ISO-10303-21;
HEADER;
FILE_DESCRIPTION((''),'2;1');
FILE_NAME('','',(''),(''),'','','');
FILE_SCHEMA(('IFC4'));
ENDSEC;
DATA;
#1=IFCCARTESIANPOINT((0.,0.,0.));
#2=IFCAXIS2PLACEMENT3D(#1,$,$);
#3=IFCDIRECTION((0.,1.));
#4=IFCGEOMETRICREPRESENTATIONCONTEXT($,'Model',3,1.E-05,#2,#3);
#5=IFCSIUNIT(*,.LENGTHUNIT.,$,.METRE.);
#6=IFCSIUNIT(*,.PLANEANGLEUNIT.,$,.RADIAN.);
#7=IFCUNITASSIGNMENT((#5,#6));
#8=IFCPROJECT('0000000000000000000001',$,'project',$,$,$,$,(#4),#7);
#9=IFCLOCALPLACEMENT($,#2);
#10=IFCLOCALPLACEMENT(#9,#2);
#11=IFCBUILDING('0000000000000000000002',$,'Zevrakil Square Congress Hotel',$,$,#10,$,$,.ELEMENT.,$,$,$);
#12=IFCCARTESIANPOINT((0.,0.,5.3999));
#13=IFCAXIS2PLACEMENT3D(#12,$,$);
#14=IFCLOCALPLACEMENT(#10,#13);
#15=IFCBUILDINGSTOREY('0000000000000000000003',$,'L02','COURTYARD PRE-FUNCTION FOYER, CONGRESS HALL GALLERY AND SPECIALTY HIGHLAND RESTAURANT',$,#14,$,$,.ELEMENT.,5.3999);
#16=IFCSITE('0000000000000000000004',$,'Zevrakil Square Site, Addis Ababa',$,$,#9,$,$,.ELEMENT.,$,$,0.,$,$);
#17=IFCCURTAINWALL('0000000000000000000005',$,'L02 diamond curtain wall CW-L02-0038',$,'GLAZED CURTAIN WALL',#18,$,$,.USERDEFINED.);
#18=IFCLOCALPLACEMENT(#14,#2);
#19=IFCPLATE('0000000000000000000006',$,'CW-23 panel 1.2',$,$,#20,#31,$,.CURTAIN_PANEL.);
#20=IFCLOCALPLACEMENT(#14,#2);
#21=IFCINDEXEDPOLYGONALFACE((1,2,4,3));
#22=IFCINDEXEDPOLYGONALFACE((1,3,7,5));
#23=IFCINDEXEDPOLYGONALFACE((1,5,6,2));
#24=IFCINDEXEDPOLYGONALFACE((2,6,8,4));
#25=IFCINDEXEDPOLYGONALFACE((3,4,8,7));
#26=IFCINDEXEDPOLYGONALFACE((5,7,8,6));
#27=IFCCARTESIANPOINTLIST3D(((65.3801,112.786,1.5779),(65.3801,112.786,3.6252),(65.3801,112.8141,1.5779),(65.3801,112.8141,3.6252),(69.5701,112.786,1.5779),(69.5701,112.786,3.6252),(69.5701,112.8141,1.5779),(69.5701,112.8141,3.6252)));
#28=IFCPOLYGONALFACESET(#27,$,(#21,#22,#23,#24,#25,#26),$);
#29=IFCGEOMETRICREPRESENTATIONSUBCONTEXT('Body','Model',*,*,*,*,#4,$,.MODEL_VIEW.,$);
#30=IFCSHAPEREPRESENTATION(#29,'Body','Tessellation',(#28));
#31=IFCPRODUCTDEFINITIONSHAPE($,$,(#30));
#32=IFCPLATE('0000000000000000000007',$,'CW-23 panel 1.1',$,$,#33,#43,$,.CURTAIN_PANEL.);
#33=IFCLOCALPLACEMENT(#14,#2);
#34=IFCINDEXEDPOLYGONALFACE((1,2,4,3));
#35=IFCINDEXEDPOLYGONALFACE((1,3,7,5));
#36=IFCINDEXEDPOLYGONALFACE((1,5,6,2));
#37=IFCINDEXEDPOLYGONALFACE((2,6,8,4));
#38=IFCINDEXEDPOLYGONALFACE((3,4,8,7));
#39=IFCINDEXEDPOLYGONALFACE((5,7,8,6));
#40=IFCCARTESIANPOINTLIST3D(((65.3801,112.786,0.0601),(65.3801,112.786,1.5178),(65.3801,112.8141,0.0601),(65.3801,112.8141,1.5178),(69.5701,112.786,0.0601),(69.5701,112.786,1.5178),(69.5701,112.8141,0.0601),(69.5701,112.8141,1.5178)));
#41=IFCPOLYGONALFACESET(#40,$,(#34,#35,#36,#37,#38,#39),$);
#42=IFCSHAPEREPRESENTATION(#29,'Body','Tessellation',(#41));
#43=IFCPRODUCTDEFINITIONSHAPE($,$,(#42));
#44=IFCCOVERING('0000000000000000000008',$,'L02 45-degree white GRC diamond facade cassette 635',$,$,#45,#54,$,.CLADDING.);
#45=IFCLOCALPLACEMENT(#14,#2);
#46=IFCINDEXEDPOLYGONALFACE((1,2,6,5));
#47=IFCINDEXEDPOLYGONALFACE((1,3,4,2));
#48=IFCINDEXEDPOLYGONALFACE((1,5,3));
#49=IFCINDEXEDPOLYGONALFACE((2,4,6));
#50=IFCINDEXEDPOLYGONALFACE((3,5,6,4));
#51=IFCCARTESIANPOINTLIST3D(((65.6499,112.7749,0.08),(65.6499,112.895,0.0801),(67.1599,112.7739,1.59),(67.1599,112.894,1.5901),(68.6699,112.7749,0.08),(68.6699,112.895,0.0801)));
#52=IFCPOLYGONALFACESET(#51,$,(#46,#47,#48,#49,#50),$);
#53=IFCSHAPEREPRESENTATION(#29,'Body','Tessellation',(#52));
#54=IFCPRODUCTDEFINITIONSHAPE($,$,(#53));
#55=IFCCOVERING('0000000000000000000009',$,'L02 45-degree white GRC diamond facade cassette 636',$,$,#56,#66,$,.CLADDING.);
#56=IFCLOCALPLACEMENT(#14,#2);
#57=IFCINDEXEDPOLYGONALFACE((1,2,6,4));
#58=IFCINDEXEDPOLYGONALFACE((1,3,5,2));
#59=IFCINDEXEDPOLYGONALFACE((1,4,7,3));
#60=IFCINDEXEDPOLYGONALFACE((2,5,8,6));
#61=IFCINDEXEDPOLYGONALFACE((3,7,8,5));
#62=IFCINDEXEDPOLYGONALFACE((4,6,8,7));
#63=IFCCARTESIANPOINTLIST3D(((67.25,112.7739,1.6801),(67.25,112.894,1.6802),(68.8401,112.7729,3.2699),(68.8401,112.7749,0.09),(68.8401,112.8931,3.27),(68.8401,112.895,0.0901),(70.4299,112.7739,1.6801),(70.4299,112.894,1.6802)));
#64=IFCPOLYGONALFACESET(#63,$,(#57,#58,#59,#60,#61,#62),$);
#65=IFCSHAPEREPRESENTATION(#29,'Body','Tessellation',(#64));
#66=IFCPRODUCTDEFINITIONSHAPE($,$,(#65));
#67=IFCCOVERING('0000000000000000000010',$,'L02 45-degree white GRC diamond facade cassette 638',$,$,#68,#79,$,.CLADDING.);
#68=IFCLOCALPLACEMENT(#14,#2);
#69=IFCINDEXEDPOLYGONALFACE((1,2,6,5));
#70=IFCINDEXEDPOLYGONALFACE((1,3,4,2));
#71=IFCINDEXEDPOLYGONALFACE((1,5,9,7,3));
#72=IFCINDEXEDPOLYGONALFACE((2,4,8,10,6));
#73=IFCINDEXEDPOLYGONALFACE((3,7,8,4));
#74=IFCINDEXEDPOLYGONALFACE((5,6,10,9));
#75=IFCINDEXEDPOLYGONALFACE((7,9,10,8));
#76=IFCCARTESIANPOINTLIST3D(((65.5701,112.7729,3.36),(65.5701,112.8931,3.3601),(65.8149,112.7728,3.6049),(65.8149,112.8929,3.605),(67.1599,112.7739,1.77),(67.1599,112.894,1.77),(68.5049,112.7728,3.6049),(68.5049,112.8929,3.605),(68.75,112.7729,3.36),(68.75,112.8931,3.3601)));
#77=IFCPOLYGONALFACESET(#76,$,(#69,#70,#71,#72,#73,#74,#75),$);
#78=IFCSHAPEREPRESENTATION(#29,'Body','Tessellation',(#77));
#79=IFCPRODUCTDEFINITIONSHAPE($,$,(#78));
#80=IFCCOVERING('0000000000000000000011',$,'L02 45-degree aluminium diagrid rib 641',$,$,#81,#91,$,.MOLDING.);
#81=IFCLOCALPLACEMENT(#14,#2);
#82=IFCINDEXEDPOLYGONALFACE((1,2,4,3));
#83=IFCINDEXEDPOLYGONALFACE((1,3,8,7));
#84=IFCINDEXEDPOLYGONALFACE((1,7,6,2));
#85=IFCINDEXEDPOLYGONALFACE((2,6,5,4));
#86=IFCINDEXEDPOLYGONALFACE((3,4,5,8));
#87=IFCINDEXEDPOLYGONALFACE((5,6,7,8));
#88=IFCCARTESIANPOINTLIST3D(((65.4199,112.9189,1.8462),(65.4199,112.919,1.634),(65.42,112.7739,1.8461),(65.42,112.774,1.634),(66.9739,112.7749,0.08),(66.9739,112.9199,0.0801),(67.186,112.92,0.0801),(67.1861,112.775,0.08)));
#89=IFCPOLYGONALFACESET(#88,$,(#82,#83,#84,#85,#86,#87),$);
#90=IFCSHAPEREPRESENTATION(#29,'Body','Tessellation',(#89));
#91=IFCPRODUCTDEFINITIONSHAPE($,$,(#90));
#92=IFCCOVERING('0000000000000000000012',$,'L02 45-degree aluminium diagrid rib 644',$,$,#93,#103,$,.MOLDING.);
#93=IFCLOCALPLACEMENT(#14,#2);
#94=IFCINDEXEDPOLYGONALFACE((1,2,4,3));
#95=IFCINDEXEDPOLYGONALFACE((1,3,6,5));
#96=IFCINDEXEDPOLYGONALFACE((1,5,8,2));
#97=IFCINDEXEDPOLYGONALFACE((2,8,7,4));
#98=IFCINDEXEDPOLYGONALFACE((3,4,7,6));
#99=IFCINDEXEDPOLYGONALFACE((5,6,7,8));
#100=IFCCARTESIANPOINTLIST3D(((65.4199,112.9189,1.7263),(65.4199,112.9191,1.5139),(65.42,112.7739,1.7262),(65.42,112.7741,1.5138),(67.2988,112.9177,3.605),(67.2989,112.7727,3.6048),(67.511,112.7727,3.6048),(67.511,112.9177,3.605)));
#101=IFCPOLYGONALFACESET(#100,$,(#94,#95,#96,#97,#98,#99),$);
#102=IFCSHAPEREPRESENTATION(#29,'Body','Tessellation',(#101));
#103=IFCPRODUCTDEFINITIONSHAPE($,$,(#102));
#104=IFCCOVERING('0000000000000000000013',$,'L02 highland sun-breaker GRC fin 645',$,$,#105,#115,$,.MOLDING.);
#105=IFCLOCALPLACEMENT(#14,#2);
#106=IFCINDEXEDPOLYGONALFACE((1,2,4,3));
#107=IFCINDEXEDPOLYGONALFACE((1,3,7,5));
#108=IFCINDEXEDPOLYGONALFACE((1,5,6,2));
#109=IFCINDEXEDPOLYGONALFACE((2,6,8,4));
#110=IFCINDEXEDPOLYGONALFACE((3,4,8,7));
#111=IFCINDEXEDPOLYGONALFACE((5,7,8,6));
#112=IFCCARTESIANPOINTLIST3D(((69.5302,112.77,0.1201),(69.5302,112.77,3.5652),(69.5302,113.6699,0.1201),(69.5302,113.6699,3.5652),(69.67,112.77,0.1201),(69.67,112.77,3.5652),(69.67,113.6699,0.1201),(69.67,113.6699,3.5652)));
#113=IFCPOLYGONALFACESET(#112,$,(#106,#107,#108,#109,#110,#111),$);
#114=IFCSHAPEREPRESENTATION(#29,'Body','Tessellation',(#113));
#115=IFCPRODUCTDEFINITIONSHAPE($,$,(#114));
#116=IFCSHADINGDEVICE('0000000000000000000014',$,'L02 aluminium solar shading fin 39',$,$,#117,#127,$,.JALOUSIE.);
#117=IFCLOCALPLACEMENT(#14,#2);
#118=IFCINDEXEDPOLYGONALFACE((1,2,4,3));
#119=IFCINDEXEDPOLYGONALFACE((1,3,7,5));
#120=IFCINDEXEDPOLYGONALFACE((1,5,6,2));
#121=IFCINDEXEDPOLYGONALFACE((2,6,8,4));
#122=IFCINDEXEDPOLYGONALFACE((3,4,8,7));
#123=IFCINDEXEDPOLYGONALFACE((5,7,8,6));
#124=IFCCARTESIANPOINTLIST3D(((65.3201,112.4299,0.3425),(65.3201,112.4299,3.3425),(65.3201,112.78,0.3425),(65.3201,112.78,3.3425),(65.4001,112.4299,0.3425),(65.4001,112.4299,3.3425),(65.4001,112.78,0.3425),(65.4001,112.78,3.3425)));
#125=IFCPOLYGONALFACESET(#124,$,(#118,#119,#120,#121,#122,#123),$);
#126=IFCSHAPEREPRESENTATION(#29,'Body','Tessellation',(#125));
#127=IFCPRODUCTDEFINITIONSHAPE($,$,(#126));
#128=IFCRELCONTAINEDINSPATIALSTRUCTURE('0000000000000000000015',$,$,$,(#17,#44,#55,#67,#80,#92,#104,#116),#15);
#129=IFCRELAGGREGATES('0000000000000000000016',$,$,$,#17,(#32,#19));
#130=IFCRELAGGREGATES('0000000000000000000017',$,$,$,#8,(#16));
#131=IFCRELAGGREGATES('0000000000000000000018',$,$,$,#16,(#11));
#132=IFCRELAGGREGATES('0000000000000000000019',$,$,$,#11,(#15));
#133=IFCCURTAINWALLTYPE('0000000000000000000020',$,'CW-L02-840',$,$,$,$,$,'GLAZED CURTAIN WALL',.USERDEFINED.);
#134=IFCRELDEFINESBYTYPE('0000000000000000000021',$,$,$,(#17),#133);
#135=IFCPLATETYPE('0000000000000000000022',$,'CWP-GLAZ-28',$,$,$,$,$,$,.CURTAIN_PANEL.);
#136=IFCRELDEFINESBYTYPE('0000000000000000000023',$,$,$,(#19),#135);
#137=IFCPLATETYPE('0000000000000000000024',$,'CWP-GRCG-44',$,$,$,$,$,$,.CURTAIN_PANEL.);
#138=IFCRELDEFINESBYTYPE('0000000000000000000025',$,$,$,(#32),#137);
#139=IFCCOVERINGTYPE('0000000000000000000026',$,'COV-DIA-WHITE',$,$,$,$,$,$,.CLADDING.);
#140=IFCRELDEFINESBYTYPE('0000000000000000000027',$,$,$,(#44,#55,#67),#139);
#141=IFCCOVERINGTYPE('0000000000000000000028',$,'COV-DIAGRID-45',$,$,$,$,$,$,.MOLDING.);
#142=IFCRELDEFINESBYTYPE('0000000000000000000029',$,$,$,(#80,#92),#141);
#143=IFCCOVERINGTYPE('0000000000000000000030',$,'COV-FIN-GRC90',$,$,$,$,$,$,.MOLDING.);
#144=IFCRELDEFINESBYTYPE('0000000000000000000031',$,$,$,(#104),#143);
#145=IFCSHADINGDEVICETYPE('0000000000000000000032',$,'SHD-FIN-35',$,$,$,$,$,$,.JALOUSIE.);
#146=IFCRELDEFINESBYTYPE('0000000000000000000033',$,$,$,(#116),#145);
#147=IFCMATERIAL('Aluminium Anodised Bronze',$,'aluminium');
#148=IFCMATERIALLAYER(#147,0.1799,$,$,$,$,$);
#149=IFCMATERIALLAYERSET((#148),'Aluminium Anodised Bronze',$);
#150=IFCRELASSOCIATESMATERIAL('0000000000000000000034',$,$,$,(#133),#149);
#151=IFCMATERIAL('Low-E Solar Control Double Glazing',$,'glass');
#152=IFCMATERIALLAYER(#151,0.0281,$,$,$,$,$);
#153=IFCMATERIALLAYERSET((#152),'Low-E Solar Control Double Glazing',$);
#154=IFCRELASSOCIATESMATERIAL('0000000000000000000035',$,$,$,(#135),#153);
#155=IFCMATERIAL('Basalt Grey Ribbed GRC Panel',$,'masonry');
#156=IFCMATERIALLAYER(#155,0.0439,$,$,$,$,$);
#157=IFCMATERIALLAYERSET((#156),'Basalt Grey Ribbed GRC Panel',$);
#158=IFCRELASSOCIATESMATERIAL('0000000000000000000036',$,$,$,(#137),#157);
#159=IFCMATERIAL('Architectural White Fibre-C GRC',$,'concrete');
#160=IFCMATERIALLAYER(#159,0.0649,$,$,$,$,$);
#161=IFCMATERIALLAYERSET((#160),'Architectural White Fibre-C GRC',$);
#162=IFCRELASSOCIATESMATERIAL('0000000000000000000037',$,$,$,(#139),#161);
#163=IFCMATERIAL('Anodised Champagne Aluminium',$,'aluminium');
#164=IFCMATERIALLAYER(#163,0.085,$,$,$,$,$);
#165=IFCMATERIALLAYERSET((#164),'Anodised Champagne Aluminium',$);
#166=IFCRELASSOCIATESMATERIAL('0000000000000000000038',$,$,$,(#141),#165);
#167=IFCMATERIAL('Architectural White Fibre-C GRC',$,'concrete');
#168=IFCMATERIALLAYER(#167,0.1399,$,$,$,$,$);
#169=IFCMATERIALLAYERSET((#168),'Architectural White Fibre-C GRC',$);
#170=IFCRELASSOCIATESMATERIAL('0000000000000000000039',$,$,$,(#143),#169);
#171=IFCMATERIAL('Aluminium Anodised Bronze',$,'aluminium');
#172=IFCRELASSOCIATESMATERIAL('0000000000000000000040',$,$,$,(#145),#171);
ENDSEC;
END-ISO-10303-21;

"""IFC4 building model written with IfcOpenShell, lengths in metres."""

from ifc_helpers import new_model, si_unit, direction, frame, origin, origin_2d, place, context, subcontext, project, spatial, polyline, rectangle, outline, extrude, material, layer, layer_set, type_object, element, aggregate, save


model = new_model("IFC4")

# Units and contexts
model_context = context("Model", 3, precision=1e-05, world=origin(), true_north=direction((0.0, 1.0)))
body_context = subcontext(model_context, "Body", "Model", "MODEL_VIEW")
ifc_project = project(units=[si_unit("LENGTHUNIT", "METRE"), si_unit("PLANEANGLEUNIT", "RADIAN")], contexts=[model_context])

# Site, building, storey
site_placement = place(None, origin())
site = spatial("IfcSite", under=ifc_project, at=site_placement, Name="Zevrakil Square Site, Addis Ababa", CompositionType="ELEMENT", RefElevation=0.0)
building_placement = place(site_placement, origin())
building = spatial("IfcBuilding", under=site, at=building_placement, Name="Zevrakil Square Congress Hotel", CompositionType="ELEMENT")
storey_placement = place(building_placement, frame((0.0, 0.0, 5.3999)))
storey = spatial("IfcBuildingStorey", under=building, at=storey_placement, Name="L02", Description="COURTYARD PRE-FUNCTION FOYER, CONGRESS HALL GALLERY AND SPECIALTY HIGHLAND RESTAURANT", CompositionType="ELEMENT", Elevation=5.3999)

# Curtain wall, plates
ifc_material_1 = material(Name="Aluminium Anodised Bronze", Category="aluminium")
ifc_layer_1 = layer(ifc_material_1, 0.1799)
ifc_layer_set_1 = layer_set([ifc_layer_1], Name="Aluminium Anodised Bronze")
curtain_wall_type = type_object("IfcCurtainWallType", Name="CW-L02-840", ElementType="GLAZED CURTAIN WALL", PredefinedType="USERDEFINED", material=ifc_layer_set_1)
curtain_wall_placement = place(storey_placement, origin())
curtain_wall = element("IfcCurtainWall", 1, at=curtain_wall_placement, inside=storey, type_object=curtain_wall_type, Name="L02 diamond curtain wall CW-L02-0038", ObjectType="GLAZED CURTAIN WALL", PredefinedType="USERDEFINED")
ifc_material_2 = material(Name="Low-E Solar Control Double Glazing", Category="glass")
ifc_layer_2 = layer(ifc_material_2, 0.0281)
ifc_layer_set_2 = layer_set([ifc_layer_2], Name="Low-E Solar Control Double Glazing")
plate_type_1 = type_object("IfcPlateType", Name="CWP-GLAZ-28", PredefinedType="CURTAIN_PANEL", material=ifc_layer_set_2)
plate_1_placement = place(storey_placement, frame((67.4751, 112.8, 1.5779), z_axis=(0.0, 0.0, 1.0), x_axis=(1.0, 0.0, 0.0)))
plate_1 = element("IfcPlate", 2, at=plate_1_placement, type_object=plate_type_1, Name="CW-23 panel 1.2", PredefinedType="CURTAIN_PANEL", context=body_context, shape_type="SweptSolid", body=[
    extrude(rectangle(XDim=4.1899, YDim=0.0281, at=origin_2d()), origin(), (0.0, 0.0, 1.0), 2.0474),
])
ifc_material_3 = material(Name="Basalt Grey Ribbed GRC Panel", Category="masonry")
ifc_layer_3 = layer(ifc_material_3, 0.0439)
ifc_layer_set_3 = layer_set([ifc_layer_3], Name="Basalt Grey Ribbed GRC Panel")
plate_type_2 = type_object("IfcPlateType", Name="CWP-GRCG-44", PredefinedType="CURTAIN_PANEL", material=ifc_layer_set_3)
plate_2_placement = place(storey_placement, frame((67.4751, 112.8, 0.0601), z_axis=(0.0, 0.0, 1.0), x_axis=(1.0, 0.0, 0.0)))
plate_2 = element("IfcPlate", 3, at=plate_2_placement, type_object=plate_type_2, Name="CW-23 panel 1.1", PredefinedType="CURTAIN_PANEL", context=body_context, shape_type="SweptSolid", body=[
    extrude(rectangle(XDim=4.1899, YDim=0.0281, at=origin_2d()), origin(), (0.0, 0.0, 1.0), 1.4578),
])
aggregate(curtain_wall, [plate_2, plate_1])

# Coverings
ifc_material_4 = material(Name="Architectural White Fibre-C GRC", Category="concrete")
ifc_layer_4 = layer(ifc_material_4, 0.0649)
ifc_layer_set_4 = layer_set([ifc_layer_4], Name="Architectural White Fibre-C GRC")
covering_type_1 = type_object("IfcCoveringType", Name="COV-DIA-WHITE", PredefinedType="CLADDING", material=ifc_layer_set_4)
covering_1_placement = place(storey_placement, frame((67.1599, 112.894, 1.5901), z_axis=(0.0, 1.0, 0.000647), x_axis=(-0.707107, 0.000457, -0.707107)))
element("IfcCovering", 4, at=covering_1_placement, inside=storey, type_object=covering_type_1, Name="L02 45-degree white GRC diamond facade cassette 635", PredefinedType="CLADDING", context=body_context, shape_type="SweptSolid", body=[
    extrude(outline(polyline([(0.0, 0.0), (2.1355, 0.0), (0.0, -2.1355), (0.0, 0.0)])), origin(), (0.0, 0.0, -1.0), 0.1201),
])
covering_2_placement = place(storey_placement, frame((68.8401, 112.8931, 3.27), z_axis=(0.0, 1.0, 0.000614), x_axis=(-0.707161, 0.000434, -0.707052)))
element("IfcCovering", 5, at=covering_2_placement, inside=storey, type_object=covering_type_1, Name="L02 45-degree white GRC diamond facade cassette 636", PredefinedType="CLADDING", context=body_context, shape_type="SweptSolid", body=[
    extrude(outline(polyline([(0.0, 0.0), (2.2486, 0.0), (2.2484, -2.2487), (-0.0002, -2.2484), (0.0, 0.0)])), origin(), (0.0, 0.0, -1.0), 0.1201),
])
covering_3_placement = place(storey_placement, frame((65.5701, 112.8931, 3.3601), z_axis=(0.0, 1.0, 0.000579), x_axis=(0.707052, 0.00041, -0.707161)))
element("IfcCovering", 6, at=covering_3_placement, inside=storey, type_object=covering_type_1, Name="L02 45-degree white GRC diamond facade cassette 638", PredefinedType="CLADDING", context=body_context, shape_type="SweptSolid", body=[
    extrude(outline(polyline([(0.0, 0.0), (2.2486, 0.0), (2.2484, -2.2487), (1.9019, -2.2485), (0.0, -0.3463), (0.0, 0.0)])), origin(), (0.0, 0.0, -1.0), 0.1201),
])
ifc_material_5 = material(Name="Anodised Champagne Aluminium", Category="aluminium")
ifc_layer_5 = layer(ifc_material_5, 0.085)
ifc_layer_set_5 = layer_set([ifc_layer_5], Name="Anodised Champagne Aluminium")
covering_type_2 = type_object("IfcCoveringType", Name="COV-DIAGRID-45", PredefinedType="MOLDING", material=ifc_layer_set_5)
covering_4_placement = place(storey_placement, frame((66.9739, 112.9199, 0.0801), z_axis=(-0.000294, 1.0, 0.000294), x_axis=(1.0, 0.000294, 0.0)))
element("IfcCovering", 7, at=covering_4_placement, inside=storey, type_object=covering_type_2, Name="L02 45-degree aluminium diagrid rib 641", PredefinedType="MOLDING", context=body_context, shape_type="SweptSolid", body=[
    extrude(outline(polyline([(0.0, 0.0), (0.2122, 0.0), (-1.554, -1.7661), (-1.554, -1.554), (0.0, 0.0)])), origin(), (0.0, 0.0, -1.0), 0.145),
])
covering_5_placement = place(storey_placement, frame((67.511, 112.9177, 3.605), z_axis=(-0.000237, 1.0, 0.000913), x_axis=(-1.0, -0.000237, 0.0)))
element("IfcCovering", 8, at=covering_5_placement, inside=storey, type_object=covering_type_2, Name="L02 45-degree aluminium diagrid rib 644", PredefinedType="MOLDING", context=body_context, shape_type="SweptSolid", body=[
    extrude(outline(polyline([(0.0, 0.0), (0.2122, 0.0), (2.0911, -1.8787), (2.0911, -2.0911), (0.0, 0.0)])), origin(), (0.0, 0.0, -1.0), 0.145),
])
ifc_material_6 = material(Name="Architectural White Fibre-C GRC", Category="concrete")
ifc_layer_6 = layer(ifc_material_6, 0.1399)
ifc_layer_set_6 = layer_set([ifc_layer_6], Name="Architectural White Fibre-C GRC")
covering_type_3 = type_object("IfcCoveringType", Name="COV-FIN-GRC90", PredefinedType="MOLDING", material=ifc_layer_set_6)
covering_6_placement = place(storey_placement, frame((69.6001, 113.22, 0.1201), z_axis=(0.0, 0.0, 1.0), x_axis=(0.0, 1.0, 0.0)))
element("IfcCovering", 9, at=covering_6_placement, inside=storey, type_object=covering_type_3, Name="L02 highland sun-breaker GRC fin 645", PredefinedType="MOLDING", context=body_context, shape_type="SweptSolid", body=[
    extrude(rectangle(XDim=0.8999, YDim=0.1399, at=origin_2d()), origin(), (0.0, 0.0, 1.0), 3.4451),
])

# Shading device
ifc_material_7 = material(Name="Aluminium Anodised Bronze", Category="aluminium")
shading_device_type = type_object("IfcShadingDeviceType", Name="SHD-FIN-35", PredefinedType="JALOUSIE", material=ifc_material_7)
shading_device_placement = place(storey_placement, frame((65.3601, 112.605, 0.3425), z_axis=(0.0, 0.0, 1.0), x_axis=(0.0, -1.0, 0.0)))
element("IfcShadingDevice", 10, at=shading_device_placement, inside=storey, type_object=shading_device_type, Name="L02 aluminium solar shading fin 39", PredefinedType="JALOUSIE", context=body_context, shape_type="SweptSolid", body=[
    extrude(rectangle(XDim=0.3501, YDim=0.0801, at=origin_2d()), origin(), (0.0, 0.0, 1.0), 3.0),
])

save(model, "model.ifc")
